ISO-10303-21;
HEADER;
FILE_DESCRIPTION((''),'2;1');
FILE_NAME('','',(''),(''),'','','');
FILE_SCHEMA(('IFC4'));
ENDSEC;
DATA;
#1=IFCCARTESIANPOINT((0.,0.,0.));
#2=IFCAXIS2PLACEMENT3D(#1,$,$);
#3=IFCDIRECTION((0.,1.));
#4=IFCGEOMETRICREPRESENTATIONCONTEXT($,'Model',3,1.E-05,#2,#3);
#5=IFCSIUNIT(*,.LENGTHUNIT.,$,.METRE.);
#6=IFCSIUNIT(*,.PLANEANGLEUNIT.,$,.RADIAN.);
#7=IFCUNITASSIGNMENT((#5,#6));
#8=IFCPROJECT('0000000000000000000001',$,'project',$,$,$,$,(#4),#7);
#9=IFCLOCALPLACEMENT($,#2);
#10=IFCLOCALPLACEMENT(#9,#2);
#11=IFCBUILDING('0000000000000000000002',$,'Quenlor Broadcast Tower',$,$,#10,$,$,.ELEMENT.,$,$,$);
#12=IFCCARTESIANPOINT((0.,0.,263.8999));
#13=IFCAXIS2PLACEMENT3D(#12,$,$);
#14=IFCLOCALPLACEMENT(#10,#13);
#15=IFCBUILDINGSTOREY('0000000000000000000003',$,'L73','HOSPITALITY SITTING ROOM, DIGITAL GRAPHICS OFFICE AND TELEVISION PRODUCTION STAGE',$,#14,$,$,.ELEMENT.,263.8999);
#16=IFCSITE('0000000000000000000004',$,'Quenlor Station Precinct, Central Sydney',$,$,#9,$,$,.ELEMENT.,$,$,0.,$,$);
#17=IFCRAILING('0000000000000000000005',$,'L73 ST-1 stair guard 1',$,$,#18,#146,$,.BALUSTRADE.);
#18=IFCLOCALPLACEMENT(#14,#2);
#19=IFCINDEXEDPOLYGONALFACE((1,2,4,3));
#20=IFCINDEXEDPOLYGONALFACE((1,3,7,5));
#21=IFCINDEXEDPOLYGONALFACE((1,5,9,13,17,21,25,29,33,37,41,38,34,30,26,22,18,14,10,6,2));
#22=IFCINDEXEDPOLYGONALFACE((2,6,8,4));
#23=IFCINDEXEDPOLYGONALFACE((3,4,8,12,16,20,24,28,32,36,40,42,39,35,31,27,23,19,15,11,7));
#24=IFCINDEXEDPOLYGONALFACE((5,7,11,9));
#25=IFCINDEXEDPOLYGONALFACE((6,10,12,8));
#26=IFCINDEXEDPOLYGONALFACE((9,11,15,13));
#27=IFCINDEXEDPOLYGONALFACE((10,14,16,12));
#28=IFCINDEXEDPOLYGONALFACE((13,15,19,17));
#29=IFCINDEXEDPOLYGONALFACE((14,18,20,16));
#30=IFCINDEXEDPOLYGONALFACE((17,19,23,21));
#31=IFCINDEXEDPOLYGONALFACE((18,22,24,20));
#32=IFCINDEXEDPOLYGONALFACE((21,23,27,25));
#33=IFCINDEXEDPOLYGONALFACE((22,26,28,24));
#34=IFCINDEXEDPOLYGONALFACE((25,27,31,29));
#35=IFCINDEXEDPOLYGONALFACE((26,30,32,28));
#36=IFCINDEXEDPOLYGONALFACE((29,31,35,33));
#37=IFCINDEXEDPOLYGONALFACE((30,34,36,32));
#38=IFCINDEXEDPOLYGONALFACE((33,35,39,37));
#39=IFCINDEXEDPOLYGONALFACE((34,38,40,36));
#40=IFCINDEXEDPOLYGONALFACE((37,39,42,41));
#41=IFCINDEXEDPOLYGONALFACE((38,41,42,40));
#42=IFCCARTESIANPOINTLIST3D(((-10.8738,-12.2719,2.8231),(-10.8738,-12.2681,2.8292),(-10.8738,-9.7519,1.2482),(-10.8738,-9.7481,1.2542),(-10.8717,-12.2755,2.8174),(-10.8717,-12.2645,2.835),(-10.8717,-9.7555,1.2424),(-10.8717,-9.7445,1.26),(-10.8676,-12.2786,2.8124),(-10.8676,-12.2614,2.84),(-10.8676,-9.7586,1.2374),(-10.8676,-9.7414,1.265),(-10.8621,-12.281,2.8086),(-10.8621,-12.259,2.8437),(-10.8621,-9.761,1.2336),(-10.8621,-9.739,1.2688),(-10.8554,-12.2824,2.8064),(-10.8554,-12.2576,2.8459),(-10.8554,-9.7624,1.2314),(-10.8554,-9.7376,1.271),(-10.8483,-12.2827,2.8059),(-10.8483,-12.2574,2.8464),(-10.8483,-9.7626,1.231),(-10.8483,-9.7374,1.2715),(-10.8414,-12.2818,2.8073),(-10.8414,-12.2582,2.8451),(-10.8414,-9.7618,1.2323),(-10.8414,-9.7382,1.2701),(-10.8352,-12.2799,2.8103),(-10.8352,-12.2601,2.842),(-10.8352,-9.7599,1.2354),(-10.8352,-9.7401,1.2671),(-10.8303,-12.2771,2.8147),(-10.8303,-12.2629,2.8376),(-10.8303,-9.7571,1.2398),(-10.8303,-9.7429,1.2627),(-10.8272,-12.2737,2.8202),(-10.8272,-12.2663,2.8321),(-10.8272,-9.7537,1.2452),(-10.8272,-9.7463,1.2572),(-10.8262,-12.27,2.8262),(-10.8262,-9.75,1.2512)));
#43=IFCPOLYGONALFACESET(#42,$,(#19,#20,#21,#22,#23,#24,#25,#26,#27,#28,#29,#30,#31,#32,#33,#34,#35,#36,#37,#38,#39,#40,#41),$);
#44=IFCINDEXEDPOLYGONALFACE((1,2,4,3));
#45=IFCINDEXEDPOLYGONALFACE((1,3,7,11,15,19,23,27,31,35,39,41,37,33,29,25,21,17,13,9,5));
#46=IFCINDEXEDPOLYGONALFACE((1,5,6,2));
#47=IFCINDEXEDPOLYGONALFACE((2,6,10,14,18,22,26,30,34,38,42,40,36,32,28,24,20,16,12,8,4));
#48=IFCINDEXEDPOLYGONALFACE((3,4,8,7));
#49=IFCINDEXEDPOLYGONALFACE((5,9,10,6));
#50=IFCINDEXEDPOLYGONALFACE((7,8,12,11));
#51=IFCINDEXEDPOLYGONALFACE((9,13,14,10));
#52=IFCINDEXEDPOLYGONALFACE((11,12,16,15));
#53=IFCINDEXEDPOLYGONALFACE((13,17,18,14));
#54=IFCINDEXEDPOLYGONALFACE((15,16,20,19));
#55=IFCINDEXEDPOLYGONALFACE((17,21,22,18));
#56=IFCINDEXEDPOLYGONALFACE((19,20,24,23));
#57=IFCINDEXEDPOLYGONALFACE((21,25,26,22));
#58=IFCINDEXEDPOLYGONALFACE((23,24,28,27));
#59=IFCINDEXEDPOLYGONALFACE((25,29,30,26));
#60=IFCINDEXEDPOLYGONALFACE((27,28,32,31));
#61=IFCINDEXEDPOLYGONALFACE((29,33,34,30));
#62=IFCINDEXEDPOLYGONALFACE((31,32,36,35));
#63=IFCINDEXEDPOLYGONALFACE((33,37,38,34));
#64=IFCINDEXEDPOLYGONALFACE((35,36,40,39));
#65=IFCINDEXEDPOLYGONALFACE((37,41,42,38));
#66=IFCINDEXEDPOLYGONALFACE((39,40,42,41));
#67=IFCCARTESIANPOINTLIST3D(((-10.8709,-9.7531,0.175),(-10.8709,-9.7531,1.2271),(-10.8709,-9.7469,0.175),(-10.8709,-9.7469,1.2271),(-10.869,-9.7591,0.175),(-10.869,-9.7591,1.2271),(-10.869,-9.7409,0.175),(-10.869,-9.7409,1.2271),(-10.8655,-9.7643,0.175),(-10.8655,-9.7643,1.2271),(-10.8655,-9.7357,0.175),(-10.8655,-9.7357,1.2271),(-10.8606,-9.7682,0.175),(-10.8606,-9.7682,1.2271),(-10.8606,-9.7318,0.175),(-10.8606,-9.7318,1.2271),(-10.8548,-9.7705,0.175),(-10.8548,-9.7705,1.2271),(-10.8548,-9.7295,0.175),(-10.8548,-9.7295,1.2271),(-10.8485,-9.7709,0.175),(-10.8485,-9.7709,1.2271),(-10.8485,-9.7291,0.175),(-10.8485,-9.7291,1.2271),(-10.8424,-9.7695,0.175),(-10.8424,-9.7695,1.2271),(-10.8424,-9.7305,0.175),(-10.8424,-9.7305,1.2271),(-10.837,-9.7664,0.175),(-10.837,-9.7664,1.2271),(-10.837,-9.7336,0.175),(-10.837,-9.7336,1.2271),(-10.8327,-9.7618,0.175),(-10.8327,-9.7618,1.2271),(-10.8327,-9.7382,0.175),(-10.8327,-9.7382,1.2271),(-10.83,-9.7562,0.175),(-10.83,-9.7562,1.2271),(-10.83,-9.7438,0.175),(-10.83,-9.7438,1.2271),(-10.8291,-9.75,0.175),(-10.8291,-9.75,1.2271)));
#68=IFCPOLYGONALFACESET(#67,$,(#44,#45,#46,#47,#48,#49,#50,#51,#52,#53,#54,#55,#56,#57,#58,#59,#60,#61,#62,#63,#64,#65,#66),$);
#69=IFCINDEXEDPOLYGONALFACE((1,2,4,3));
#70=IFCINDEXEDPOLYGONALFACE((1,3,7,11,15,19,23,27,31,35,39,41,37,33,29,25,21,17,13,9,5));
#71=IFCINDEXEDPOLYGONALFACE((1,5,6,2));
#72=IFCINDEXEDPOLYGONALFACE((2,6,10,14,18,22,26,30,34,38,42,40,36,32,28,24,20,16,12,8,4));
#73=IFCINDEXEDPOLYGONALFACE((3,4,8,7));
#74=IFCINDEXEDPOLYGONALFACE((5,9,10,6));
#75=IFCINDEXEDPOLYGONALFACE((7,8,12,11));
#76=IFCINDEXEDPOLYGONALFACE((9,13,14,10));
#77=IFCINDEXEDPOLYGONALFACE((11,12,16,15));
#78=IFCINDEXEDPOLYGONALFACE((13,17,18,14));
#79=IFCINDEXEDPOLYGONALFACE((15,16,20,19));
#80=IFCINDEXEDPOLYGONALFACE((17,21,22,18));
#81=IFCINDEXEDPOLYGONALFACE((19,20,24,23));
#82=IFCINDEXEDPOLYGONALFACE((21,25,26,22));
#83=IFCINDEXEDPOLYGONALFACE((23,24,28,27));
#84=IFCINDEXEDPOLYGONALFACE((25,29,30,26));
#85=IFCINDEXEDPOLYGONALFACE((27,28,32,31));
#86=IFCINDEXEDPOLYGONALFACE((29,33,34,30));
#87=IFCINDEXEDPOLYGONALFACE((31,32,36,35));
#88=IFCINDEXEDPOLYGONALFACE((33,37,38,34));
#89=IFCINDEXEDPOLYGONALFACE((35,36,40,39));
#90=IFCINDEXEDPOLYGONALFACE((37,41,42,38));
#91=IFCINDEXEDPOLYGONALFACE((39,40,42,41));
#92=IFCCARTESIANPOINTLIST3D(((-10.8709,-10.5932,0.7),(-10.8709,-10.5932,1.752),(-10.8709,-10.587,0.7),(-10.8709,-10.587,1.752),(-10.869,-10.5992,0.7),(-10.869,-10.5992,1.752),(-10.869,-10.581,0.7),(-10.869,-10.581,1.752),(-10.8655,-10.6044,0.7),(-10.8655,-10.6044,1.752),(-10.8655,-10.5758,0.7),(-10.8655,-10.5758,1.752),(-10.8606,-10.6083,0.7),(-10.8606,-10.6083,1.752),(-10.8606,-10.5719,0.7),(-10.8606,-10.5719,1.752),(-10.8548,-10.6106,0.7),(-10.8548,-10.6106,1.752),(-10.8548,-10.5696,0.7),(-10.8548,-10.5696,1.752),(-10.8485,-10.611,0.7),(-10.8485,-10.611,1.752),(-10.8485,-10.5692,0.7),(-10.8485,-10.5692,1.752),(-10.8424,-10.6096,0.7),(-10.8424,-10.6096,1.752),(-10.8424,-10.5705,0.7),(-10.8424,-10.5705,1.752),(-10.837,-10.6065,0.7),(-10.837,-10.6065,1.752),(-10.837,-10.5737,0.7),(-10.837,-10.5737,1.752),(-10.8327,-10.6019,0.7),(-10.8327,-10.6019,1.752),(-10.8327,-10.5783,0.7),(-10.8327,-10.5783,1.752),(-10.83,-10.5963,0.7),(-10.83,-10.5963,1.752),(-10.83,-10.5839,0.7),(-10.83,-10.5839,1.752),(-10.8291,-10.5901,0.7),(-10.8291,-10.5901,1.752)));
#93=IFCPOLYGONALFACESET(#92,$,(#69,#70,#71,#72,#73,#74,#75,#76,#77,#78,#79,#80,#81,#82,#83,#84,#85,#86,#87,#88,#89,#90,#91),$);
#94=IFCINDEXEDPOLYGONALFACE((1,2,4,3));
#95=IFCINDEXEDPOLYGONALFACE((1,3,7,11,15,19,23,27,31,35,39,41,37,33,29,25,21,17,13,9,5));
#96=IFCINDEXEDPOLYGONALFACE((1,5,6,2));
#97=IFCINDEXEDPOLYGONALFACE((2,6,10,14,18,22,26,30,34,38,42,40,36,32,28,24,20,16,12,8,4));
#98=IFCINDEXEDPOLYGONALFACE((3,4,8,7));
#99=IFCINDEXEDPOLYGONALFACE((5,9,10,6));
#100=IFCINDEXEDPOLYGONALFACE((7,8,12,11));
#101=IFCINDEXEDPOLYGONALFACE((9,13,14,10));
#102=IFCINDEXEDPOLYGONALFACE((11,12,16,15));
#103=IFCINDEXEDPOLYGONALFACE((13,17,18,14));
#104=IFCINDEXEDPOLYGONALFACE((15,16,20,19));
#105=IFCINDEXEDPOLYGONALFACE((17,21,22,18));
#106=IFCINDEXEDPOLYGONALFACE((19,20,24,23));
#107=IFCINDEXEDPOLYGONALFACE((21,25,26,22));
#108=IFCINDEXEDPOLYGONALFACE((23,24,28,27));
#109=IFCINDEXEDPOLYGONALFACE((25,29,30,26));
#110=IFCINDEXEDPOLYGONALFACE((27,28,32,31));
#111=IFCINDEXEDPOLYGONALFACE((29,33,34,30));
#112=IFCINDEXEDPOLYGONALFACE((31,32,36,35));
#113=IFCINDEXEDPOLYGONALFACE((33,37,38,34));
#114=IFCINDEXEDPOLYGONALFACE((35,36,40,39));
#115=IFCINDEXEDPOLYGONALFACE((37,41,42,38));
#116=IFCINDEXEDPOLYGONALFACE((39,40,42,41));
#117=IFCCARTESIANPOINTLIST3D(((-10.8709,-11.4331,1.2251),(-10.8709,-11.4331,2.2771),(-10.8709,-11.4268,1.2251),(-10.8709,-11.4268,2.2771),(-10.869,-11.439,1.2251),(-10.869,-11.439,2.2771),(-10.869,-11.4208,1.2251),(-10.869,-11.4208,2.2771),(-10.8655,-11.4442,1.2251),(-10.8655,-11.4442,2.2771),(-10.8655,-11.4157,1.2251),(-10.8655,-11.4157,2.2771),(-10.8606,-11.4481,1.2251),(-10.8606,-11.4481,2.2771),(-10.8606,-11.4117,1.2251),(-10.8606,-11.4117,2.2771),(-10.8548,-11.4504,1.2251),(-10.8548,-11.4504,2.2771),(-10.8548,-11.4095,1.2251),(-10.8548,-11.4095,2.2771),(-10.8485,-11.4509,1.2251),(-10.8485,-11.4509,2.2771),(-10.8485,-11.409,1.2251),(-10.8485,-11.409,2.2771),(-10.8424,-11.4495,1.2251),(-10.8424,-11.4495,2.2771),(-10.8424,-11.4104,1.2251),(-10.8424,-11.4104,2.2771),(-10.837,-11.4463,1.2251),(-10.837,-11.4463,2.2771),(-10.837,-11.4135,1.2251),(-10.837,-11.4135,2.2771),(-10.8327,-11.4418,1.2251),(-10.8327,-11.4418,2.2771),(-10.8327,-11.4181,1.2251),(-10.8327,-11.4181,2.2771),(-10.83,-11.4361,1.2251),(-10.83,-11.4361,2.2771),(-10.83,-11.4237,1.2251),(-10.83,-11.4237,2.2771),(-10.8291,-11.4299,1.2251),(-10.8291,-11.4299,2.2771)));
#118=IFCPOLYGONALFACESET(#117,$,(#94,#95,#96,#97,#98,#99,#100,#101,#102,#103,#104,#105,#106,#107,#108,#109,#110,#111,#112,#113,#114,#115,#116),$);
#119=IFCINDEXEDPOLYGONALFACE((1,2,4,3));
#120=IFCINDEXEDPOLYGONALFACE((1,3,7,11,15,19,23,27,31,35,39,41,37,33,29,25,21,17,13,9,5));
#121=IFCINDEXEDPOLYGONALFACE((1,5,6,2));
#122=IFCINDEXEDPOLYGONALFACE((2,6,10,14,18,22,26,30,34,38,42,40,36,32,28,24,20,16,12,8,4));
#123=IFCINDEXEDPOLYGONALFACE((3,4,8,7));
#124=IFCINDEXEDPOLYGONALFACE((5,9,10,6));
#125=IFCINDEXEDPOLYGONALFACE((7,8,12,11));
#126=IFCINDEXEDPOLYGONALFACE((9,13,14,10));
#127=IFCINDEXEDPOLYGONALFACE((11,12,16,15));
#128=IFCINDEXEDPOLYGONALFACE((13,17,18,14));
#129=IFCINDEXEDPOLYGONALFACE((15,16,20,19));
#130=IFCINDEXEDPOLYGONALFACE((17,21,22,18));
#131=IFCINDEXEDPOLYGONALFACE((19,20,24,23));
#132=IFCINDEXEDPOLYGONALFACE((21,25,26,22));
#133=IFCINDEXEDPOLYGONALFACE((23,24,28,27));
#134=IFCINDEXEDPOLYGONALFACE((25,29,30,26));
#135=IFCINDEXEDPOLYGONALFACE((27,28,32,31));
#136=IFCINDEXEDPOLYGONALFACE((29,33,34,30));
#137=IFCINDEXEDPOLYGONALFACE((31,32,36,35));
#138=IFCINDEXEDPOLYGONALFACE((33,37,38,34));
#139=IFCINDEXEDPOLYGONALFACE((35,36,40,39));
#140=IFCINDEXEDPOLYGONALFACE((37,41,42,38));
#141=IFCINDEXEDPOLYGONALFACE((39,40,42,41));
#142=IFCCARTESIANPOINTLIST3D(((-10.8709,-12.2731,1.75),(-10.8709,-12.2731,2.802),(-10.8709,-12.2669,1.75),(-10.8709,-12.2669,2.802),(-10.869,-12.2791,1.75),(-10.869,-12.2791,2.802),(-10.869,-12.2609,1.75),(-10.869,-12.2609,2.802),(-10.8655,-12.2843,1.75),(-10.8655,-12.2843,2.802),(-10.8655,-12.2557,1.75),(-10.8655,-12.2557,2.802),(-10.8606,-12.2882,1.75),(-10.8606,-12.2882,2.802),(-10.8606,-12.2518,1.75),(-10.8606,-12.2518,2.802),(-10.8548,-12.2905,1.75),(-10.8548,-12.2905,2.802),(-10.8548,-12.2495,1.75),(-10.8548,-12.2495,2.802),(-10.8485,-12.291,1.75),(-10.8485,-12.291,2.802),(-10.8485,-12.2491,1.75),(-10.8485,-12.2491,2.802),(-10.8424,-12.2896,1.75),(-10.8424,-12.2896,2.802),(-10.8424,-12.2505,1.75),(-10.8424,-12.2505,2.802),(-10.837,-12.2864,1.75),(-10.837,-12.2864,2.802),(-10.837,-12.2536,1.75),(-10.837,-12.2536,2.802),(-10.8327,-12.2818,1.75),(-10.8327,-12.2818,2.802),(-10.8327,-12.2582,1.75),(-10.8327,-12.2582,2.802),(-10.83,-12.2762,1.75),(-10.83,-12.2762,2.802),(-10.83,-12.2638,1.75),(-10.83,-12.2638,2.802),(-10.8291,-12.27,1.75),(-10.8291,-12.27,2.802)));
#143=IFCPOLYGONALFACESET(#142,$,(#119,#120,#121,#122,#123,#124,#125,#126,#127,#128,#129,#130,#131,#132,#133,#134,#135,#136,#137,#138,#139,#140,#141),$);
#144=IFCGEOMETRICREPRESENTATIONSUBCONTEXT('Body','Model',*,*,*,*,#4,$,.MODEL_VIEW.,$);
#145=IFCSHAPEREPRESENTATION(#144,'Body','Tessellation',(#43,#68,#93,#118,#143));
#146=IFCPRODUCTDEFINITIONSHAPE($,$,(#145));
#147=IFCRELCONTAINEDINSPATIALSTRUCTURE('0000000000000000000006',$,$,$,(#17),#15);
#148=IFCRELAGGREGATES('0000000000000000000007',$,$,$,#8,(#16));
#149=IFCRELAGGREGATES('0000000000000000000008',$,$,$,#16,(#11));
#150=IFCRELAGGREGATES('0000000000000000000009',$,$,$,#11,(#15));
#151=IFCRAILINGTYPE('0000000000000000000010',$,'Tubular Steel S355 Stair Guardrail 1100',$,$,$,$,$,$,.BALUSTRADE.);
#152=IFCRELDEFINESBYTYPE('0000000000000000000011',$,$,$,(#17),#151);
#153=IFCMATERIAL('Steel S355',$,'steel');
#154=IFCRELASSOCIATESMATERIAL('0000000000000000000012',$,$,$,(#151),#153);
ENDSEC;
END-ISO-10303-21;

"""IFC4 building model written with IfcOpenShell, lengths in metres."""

from ifc_helpers import new_model, si_unit, direction, frame, origin, origin_2d, place, context, subcontext, project, spatial, circle, extrude, material, type_object, element, save


model = new_model("IFC4")

# Units and contexts
model_context = context("Model", 3, precision=1e-05, world=origin(), true_north=direction((0.0, 1.0)))
body_context = subcontext(model_context, "Body", "Model", "MODEL_VIEW")
ifc_project = project(units=[si_unit("LENGTHUNIT", "METRE"), si_unit("PLANEANGLEUNIT", "RADIAN")], contexts=[model_context])

# Site, building, storey
site_placement = place(None, origin())
site = spatial("IfcSite", under=ifc_project, at=site_placement, Name="Quenlor Station Precinct, Central Sydney", CompositionType="ELEMENT", RefElevation=0.0)
building_placement = place(site_placement, origin())
building = spatial("IfcBuilding", under=site, at=building_placement, Name="Quenlor Broadcast Tower", CompositionType="ELEMENT")
storey_placement = place(building_placement, frame((0.0, 0.0, 263.8999)))
storey = spatial("IfcBuildingStorey", under=building, at=storey_placement, Name="L73", Description="HOSPITALITY SITTING ROOM, DIGITAL GRAPHICS OFFICE AND TELEVISION PRODUCTION STAGE", CompositionType="ELEMENT", Elevation=263.8999)

# Railing
ifc_material_1 = material(Name="Steel S355", Category="steel")
railing_type_1 = type_object("IfcRailingType", Name="Tubular Steel S355 Stair Guardrail 1100", PredefinedType="BALUSTRADE", material=ifc_material_1)
railing_1_placement = place(storey_placement, frame((-10.8501, -9.75, 0.175)))
element("IfcRailing", 1, at=railing_1_placement, inside=storey, type_object=railing_type_1, Name="L73 ST-1 stair guard 1", PredefinedType="BALUSTRADE", context=body_context, shape_type="SweptSolid", body=[
    extrude(circle(Radius=0.0239, at=origin_2d()), frame((0.0, 0.0, 1.0762), z_axis=(0.0, -0.848008, 0.529984), x_axis=(1.0, 0.0, 0.0)), (0.0, 0.0, 1.0), 2.9717),
    extrude(circle(Radius=0.021, at=origin_2d()), origin(), (0.0, 0.0, 1.0), 1.052),
    extrude(circle(Radius=0.021, at=origin_2d()), frame((0.0, -0.8401, 0.5249)), (0.0, 0.0, 1.0), 1.052),
    extrude(circle(Radius=0.021, at=origin_2d()), frame((0.0, -1.6799, 1.05)), (0.0, 0.0, 1.0), 1.052),
    extrude(circle(Radius=0.021, at=origin_2d()), frame((0.0, -2.52, 1.575)), (0.0, 0.0, 1.0), 1.052),
])

save(model, "model.ifc")
